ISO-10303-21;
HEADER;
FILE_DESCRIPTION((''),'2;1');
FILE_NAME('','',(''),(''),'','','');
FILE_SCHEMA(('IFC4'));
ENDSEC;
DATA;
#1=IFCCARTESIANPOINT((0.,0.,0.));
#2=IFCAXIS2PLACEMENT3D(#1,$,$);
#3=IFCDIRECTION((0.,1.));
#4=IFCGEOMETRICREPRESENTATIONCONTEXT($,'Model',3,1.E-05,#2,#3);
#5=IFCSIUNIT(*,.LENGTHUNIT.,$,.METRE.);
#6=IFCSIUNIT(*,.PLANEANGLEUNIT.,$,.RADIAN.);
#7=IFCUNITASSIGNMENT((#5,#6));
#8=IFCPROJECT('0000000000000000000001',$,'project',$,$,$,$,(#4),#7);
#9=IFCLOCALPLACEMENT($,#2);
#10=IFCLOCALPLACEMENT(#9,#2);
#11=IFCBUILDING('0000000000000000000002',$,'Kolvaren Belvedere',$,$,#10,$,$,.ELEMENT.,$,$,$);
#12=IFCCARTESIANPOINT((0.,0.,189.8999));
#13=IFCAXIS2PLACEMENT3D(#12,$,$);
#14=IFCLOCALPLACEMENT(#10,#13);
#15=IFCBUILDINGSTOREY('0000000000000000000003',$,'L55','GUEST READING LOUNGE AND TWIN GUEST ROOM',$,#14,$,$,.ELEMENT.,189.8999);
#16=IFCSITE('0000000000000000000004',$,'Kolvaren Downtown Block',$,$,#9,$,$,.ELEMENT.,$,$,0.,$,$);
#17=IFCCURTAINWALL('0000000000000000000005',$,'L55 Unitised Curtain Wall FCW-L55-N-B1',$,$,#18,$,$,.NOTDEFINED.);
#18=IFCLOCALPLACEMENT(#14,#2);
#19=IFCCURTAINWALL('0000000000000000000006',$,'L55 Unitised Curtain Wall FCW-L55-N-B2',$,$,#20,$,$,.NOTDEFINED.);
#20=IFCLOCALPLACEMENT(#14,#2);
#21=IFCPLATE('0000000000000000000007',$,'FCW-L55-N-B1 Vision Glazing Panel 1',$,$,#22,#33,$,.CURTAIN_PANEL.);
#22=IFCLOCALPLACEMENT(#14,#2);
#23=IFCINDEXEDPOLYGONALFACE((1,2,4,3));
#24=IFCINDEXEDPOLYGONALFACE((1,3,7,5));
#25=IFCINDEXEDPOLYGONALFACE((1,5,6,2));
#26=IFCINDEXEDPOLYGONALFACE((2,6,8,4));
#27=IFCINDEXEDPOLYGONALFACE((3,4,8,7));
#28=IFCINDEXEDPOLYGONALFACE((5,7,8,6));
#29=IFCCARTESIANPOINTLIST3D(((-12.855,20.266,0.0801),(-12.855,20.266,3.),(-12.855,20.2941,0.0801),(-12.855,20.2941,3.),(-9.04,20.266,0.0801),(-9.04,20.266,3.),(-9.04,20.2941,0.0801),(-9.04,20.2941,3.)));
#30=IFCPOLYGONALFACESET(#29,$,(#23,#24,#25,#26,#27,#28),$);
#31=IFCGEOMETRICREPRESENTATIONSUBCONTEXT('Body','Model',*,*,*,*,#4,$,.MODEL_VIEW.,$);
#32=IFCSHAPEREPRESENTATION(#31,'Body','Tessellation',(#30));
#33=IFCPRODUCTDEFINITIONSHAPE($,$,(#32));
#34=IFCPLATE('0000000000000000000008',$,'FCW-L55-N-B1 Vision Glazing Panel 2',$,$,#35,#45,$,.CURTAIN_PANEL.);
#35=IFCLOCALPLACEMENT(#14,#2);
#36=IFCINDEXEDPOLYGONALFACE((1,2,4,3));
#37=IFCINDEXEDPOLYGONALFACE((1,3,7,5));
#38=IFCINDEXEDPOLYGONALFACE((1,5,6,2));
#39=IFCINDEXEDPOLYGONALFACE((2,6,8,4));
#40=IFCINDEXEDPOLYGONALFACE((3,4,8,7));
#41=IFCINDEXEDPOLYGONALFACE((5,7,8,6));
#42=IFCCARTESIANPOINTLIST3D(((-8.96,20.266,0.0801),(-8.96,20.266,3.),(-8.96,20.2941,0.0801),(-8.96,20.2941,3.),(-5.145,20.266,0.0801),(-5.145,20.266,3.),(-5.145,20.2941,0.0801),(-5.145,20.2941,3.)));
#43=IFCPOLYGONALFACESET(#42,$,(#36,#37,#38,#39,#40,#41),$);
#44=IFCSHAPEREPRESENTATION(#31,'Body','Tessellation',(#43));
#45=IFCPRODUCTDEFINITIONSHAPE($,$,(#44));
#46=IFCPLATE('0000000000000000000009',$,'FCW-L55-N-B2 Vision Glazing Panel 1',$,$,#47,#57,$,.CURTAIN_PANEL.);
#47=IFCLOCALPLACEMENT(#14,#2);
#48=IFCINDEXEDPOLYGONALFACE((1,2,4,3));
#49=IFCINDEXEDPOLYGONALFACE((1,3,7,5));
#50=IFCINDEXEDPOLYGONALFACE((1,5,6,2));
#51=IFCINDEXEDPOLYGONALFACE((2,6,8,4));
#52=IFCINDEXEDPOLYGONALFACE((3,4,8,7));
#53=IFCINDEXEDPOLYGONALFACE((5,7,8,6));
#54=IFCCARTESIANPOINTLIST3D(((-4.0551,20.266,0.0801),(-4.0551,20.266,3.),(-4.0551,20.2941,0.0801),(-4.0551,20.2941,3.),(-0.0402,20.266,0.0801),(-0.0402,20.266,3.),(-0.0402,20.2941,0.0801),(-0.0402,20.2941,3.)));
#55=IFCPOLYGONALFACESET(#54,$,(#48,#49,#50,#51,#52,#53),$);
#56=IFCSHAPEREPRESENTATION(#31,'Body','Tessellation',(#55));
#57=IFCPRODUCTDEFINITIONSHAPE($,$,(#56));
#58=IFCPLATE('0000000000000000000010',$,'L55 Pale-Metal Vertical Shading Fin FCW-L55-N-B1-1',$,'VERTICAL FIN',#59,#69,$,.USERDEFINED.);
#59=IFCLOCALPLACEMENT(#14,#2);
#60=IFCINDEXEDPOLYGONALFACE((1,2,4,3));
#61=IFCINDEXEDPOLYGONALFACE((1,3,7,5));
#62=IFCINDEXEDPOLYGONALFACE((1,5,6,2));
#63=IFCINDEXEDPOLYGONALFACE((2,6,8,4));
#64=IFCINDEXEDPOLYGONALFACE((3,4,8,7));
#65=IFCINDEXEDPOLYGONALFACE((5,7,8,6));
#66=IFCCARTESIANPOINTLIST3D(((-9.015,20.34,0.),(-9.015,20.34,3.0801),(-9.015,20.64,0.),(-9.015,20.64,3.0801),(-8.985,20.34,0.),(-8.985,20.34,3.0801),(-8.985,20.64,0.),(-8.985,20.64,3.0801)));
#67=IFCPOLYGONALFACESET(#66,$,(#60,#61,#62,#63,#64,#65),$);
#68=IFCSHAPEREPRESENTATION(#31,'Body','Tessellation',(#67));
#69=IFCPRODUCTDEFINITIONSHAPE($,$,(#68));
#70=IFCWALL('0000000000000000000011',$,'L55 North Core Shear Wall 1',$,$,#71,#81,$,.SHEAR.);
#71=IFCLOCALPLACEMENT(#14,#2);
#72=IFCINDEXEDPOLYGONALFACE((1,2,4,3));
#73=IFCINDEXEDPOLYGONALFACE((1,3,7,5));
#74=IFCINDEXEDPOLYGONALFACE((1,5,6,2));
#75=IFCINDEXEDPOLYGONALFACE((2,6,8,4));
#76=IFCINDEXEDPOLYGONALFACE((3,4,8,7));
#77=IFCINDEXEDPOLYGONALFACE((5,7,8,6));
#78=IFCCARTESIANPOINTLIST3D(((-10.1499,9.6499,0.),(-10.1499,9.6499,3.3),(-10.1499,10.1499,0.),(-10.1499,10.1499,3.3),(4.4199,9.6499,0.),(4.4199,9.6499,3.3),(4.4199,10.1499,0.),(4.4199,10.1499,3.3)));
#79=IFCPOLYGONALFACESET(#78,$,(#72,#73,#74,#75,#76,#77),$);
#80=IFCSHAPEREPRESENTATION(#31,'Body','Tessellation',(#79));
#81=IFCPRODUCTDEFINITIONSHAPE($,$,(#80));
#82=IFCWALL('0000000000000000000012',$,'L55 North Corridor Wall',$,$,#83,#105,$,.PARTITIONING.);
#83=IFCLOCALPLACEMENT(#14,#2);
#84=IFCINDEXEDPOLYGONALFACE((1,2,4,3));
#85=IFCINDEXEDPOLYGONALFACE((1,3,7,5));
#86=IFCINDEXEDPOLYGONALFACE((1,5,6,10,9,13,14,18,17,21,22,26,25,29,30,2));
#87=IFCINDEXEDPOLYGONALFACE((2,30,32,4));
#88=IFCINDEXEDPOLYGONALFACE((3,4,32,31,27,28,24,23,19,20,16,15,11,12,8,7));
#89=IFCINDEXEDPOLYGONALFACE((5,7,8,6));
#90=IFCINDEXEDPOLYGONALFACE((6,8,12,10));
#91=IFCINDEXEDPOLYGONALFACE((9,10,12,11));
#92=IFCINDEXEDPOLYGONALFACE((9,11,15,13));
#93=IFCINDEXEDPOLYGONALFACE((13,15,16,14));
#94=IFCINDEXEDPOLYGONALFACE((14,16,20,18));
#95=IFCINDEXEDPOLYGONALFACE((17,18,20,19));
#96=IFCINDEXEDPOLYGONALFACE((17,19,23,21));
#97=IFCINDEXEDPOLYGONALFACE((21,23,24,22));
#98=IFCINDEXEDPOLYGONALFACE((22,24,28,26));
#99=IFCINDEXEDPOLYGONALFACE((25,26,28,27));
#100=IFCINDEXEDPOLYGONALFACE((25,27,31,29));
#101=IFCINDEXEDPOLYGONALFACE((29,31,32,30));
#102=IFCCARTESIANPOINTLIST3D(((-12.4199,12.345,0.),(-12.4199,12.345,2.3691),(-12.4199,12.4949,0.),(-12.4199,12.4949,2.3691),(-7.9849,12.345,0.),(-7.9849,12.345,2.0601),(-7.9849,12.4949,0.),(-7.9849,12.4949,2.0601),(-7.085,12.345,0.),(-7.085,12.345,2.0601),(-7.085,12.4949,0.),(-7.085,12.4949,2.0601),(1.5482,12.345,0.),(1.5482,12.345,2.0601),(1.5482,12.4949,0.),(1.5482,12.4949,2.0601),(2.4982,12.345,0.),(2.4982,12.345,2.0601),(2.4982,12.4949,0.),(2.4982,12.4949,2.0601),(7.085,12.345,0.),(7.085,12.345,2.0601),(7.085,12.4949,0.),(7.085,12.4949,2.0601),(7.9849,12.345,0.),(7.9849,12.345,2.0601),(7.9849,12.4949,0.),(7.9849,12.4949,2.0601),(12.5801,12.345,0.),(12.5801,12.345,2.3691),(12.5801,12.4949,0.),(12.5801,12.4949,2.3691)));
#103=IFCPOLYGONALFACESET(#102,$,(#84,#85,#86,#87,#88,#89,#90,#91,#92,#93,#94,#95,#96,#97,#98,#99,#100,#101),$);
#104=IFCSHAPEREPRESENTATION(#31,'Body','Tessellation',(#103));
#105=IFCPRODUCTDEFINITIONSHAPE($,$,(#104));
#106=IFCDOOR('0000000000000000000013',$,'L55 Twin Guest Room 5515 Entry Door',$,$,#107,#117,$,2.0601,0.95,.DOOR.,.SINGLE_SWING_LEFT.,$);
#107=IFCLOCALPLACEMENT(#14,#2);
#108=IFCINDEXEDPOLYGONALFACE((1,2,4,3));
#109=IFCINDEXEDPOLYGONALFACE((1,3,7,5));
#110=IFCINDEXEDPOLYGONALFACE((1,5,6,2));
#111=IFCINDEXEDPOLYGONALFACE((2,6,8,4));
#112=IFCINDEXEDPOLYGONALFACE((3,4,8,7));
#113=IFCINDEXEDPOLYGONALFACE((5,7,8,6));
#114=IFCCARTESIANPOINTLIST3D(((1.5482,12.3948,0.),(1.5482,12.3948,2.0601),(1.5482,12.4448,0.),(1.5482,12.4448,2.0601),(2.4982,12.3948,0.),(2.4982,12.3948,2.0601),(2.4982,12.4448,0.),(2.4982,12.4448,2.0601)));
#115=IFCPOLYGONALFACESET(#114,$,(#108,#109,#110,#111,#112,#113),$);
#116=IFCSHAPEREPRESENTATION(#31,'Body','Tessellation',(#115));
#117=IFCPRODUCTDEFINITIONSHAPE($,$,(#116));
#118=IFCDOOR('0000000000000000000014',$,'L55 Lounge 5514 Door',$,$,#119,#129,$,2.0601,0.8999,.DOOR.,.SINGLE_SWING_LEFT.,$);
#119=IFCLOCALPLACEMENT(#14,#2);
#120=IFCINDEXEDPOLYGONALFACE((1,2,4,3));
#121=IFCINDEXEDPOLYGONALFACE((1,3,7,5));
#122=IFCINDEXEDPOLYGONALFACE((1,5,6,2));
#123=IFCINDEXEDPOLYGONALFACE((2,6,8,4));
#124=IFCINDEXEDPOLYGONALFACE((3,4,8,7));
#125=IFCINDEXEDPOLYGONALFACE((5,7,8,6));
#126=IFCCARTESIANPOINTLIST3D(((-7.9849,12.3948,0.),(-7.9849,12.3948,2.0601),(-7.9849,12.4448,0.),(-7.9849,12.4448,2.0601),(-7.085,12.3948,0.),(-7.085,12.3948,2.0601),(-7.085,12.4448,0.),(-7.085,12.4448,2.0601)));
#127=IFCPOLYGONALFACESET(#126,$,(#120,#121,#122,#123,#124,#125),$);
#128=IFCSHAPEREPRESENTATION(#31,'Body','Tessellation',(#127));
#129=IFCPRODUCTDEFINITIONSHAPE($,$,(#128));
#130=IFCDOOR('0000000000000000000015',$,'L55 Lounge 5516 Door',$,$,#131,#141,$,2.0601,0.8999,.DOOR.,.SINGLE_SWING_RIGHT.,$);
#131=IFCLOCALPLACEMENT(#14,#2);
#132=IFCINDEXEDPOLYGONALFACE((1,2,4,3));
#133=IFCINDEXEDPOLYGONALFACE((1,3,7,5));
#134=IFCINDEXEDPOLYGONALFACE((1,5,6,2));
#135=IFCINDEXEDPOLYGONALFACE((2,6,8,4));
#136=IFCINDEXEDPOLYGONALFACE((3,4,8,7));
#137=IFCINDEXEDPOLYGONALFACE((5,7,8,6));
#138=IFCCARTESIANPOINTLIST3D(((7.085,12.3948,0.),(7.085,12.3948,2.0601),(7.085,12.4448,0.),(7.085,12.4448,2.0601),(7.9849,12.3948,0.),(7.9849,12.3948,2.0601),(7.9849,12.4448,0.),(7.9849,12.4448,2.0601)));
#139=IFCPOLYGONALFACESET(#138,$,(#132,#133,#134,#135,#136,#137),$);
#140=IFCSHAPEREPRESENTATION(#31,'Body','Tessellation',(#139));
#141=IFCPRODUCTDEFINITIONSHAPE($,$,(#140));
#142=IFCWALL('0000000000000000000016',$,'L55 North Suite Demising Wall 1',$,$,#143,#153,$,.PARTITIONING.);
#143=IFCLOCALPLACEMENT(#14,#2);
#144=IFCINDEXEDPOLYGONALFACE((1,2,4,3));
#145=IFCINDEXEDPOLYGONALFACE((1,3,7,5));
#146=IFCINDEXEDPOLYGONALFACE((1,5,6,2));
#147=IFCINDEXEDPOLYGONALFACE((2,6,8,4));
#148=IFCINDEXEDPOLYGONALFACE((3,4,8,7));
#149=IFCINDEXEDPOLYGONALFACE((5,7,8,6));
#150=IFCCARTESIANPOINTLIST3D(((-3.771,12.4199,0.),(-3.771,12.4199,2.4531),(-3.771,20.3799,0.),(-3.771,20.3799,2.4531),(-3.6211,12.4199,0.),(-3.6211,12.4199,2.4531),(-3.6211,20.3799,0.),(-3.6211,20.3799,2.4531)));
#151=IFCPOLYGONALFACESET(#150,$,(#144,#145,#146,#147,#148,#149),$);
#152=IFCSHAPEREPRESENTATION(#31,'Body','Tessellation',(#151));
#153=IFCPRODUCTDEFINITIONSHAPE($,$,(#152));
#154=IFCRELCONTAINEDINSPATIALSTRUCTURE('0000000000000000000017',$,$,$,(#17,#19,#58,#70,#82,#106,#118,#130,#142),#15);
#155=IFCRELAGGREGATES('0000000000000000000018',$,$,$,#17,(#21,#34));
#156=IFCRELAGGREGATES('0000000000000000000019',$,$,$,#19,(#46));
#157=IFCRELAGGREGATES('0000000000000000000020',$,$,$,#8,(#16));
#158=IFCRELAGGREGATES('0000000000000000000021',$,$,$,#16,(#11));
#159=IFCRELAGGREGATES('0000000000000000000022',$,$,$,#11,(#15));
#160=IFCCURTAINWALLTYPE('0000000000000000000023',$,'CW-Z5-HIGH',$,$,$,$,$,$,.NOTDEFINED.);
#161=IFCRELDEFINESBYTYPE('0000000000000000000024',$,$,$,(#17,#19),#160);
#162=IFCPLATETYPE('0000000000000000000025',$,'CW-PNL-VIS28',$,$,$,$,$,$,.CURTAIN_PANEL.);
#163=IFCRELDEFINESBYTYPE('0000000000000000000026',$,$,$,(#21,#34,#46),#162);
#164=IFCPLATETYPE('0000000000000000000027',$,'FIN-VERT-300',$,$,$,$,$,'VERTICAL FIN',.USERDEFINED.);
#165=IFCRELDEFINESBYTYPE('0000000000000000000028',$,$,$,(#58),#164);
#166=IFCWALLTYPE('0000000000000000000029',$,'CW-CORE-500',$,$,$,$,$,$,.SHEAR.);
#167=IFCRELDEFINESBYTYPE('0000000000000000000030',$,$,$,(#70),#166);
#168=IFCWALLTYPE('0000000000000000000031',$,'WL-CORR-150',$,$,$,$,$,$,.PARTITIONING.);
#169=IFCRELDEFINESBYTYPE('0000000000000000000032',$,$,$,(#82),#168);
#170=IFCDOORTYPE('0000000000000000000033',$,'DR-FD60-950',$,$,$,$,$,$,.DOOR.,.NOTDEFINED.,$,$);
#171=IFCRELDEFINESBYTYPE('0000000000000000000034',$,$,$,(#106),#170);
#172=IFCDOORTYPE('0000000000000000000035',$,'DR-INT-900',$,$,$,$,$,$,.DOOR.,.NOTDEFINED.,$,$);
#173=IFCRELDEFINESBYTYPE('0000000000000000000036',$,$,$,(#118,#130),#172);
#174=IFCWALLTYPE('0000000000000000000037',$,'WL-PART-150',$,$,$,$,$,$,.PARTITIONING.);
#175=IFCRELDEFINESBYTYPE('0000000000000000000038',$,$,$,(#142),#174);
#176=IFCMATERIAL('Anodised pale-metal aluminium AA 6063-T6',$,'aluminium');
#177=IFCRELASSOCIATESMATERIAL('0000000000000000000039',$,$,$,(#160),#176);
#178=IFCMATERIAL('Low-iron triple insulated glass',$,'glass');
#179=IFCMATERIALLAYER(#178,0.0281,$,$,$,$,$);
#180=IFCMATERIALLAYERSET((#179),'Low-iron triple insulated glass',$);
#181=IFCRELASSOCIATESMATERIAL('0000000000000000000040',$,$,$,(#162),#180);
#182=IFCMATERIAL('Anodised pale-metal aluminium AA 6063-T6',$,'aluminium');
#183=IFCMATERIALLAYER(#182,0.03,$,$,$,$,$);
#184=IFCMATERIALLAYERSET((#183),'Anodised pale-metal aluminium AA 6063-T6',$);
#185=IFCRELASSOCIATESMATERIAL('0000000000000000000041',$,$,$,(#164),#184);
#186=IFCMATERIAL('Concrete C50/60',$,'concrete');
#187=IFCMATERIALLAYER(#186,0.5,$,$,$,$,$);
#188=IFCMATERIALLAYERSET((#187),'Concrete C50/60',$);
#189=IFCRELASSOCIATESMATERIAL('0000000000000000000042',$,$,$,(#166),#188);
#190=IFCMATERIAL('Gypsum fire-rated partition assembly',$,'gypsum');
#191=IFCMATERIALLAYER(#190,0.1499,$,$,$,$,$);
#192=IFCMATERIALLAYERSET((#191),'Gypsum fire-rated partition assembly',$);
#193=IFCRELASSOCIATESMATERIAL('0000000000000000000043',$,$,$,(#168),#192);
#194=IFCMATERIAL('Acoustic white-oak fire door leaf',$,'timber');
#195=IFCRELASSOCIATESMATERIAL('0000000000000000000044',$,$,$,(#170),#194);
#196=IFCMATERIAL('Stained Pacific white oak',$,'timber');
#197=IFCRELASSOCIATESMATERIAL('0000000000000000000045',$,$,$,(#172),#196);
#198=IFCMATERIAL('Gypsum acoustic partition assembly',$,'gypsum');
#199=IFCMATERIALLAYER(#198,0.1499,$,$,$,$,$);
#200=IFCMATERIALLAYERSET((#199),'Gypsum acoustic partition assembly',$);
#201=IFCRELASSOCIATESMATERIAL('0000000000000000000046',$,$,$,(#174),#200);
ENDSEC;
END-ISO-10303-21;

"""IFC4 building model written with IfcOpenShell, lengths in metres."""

from ifc_helpers import new_model, si_unit, direction, frame, frame_2d, origin, origin_2d, place, context, subcontext, project, spatial, rectangle, extrude, material, layer, layer_set, type_object, element, fill, aggregate, save


model = new_model("IFC4")

# Units and contexts
model_context = context("Model", 3, precision=1e-05, world=origin(), true_north=direction((0.0, 1.0)))
body_context = subcontext(model_context, "Body", "Model", "MODEL_VIEW")
ifc_project = project(units=[si_unit("LENGTHUNIT", "METRE"), si_unit("PLANEANGLEUNIT", "RADIAN")], contexts=[model_context])

# Site, building, storey
site_placement = place(None, origin())
site = spatial("IfcSite", under=ifc_project, at=site_placement, Name="Kolvaren Downtown Block", CompositionType="ELEMENT", RefElevation=0.0)
building_placement = place(site_placement, origin())
building = spatial("IfcBuilding", under=site, at=building_placement, Name="Kolvaren Belvedere", CompositionType="ELEMENT")
storey_placement = place(building_placement, frame((0.0, 0.0, 189.8999)))
storey = spatial("IfcBuildingStorey", under=building, at=storey_placement, Name="L55", Description="GUEST READING LOUNGE AND TWIN GUEST ROOM", CompositionType="ELEMENT", Elevation=189.8999)

# Curtain wall
ifc_material_1 = material(Name="Anodised pale-metal aluminium AA 6063-T6", Category="aluminium")
curtain_wall_type = type_object("IfcCurtainWallType", Name="CW-Z5-HIGH", PredefinedType="NOTDEFINED", material=ifc_material_1)
curtain_wall_1_placement = place(storey_placement, origin())
curtain_wall_1 = element("IfcCurtainWall", 1, at=curtain_wall_1_placement, inside=storey, type_object=curtain_wall_type, Name="L55 Unitised Curtain Wall FCW-L55-N-B1", PredefinedType="NOTDEFINED")

# Curtain wall
curtain_wall_2_placement = place(storey_placement, origin())
curtain_wall_2 = element("IfcCurtainWall", 2, at=curtain_wall_2_placement, inside=storey, type_object=curtain_wall_type, Name="L55 Unitised Curtain Wall FCW-L55-N-B2", PredefinedType="NOTDEFINED")

# Plates
ifc_material_2 = material(Name="Low-iron triple insulated glass", Category="glass")
ifc_layer_1 = layer(ifc_material_2, 0.0281)
ifc_layer_set_1 = layer_set([ifc_layer_1], Name="Low-iron triple insulated glass")
plate_type_1 = type_object("IfcPlateType", Name="CW-PNL-VIS28", PredefinedType="CURTAIN_PANEL", material=ifc_layer_set_1)
plate_1_placement = place(storey_placement, frame((-10.9475, 20.28, 0.0801), z_axis=(0.0, 0.0, 1.0), x_axis=(1.0, 0.0, 0.0)))
plate_1 = element("IfcPlate", 3, at=plate_1_placement, type_object=plate_type_1, Name="FCW-L55-N-B1 Vision Glazing Panel 1", PredefinedType="CURTAIN_PANEL", context=body_context, shape_type="SweptSolid", body=[
    extrude(rectangle(XDim=3.8149, YDim=0.0281, at=origin_2d()), origin(), (0.0, 0.0, 1.0), 2.9199),
])
plate_2_placement = place(storey_placement, frame((-7.0525, 20.28, 0.0801), z_axis=(0.0, 0.0, 1.0), x_axis=(1.0, 0.0, 0.0)))
plate_2 = element("IfcPlate", 4, at=plate_2_placement, type_object=plate_type_1, Name="FCW-L55-N-B1 Vision Glazing Panel 2", PredefinedType="CURTAIN_PANEL", context=body_context, shape_type="SweptSolid", body=[
    extrude(rectangle(XDim=3.8149, YDim=0.0281, at=origin_2d()), origin(), (0.0, 0.0, 1.0), 2.9199),
])
aggregate(curtain_wall_1, [plate_1, plate_2])
plate_3_placement = place(storey_placement, frame((-2.0476, 20.28, 0.0801), z_axis=(0.0, 0.0, 1.0), x_axis=(1.0, 0.0, 0.0)))
plate_3 = element("IfcPlate", 5, at=plate_3_placement, type_object=plate_type_1, Name="FCW-L55-N-B2 Vision Glazing Panel 1", PredefinedType="CURTAIN_PANEL", context=body_context, shape_type="SweptSolid", body=[
    extrude(rectangle(XDim=4.0149, YDim=0.0281, at=origin_2d()), origin(), (0.0, 0.0, 1.0), 2.9199),
])
aggregate(curtain_wall_2, [plate_3])
ifc_material_3 = material(Name="Anodised pale-metal aluminium AA 6063-T6", Category="aluminium")
ifc_layer_2 = layer(ifc_material_3, 0.03)
ifc_layer_set_2 = layer_set([ifc_layer_2], Name="Anodised pale-metal aluminium AA 6063-T6")
plate_type_2 = type_object("IfcPlateType", Name="FIN-VERT-300", ElementType="VERTICAL FIN", PredefinedType="USERDEFINED", material=ifc_layer_set_2)
plate_4_placement = place(storey_placement, frame((-9.0, 20.49, 0.0), z_axis=(0.0, 0.0, 1.0), x_axis=(0.0, 1.0, 0.0)))
element("IfcPlate", 6, at=plate_4_placement, inside=storey, type_object=plate_type_2, Name="L55 Pale-Metal Vertical Shading Fin FCW-L55-N-B1-1", ObjectType="VERTICAL FIN", PredefinedType="USERDEFINED", context=body_context, shape_type="SweptSolid", body=[
    extrude(rectangle(XDim=0.3, YDim=0.03, at=origin_2d()), origin(), (0.0, 0.0, 1.0), 3.0801),
])

# Wall
ifc_material_4 = material(Name="Concrete C50/60", Category="concrete")
ifc_layer_3 = layer(ifc_material_4, 0.5)
ifc_layer_set_3 = layer_set([ifc_layer_3], Name="Concrete C50/60")
wall_type_1 = type_object("IfcWallType", Name="CW-CORE-500", PredefinedType="SHEAR", material=ifc_layer_set_3)
wall_1_placement = place(storey_placement, frame((-10.1499, 9.8999, 0.0), z_axis=(0.0, 0.0, 1.0), x_axis=(1.0, 0.0, 0.0)))
element("IfcWall", 7, at=wall_1_placement, inside=storey, type_object=wall_type_1, Name="L55 North Core Shear Wall 1", PredefinedType="SHEAR", context=body_context, shape_type="SweptSolid", body=[
    extrude(rectangle(XDim=14.5698, YDim=0.5, at=frame_2d((7.2849, 0.0))), origin(), (0.0, 0.0, 1.0), 3.3),
])

# Wall, openings, doors
ifc_material_5 = material(Name="Gypsum fire-rated partition assembly", Category="gypsum")
ifc_layer_4 = layer(ifc_material_5, 0.1499)
ifc_layer_set_4 = layer_set([ifc_layer_4], Name="Gypsum fire-rated partition assembly")
wall_type_2 = type_object("IfcWallType", Name="WL-CORR-150", PredefinedType="PARTITIONING", material=ifc_layer_set_4)
wall_2_placement = place(storey_placement, frame((-12.4199, 12.4199, 0.0), z_axis=(0.0, 0.0, 1.0), x_axis=(1.0, 0.0, 0.0)))
wall_2 = element("IfcWall", 8, at=wall_2_placement, inside=storey, type_object=wall_type_2, Name="L55 North Corridor Wall", PredefinedType="PARTITIONING", context=body_context, shape_type="SweptSolid", body=[
    extrude(rectangle(XDim=25.0, YDim=0.1499, at=frame_2d((12.5, 0.0))), origin(), (0.0, 0.0, 1.0), 2.3691),
])
opening_1_placement = place(wall_2_placement, frame((4.4351, 0.0, 0.0)))
opening_1 = element("IfcOpeningElement", 9, at=opening_1_placement, cuts=wall_2, PredefinedType="OPENING", context=body_context, shape_type="SweptSolid", body=[
    extrude(rectangle(XDim=0.8999, YDim=2.0601, at=frame_2d((0.45, 1.03))), frame((0.0, 0.085, 0.0), z_axis=(0.0, -1.0, 0.0), x_axis=(1.0, 0.0, 0.0)), (0.0, 0.0, 1.0), 0.1699),
])
opening_2_placement = place(wall_2_placement, frame((13.968, 0.0, 0.0)))
opening_2 = element("IfcOpeningElement", 10, at=opening_2_placement, cuts=wall_2, PredefinedType="OPENING", context=body_context, shape_type="SweptSolid", body=[
    extrude(rectangle(XDim=0.95, YDim=2.0601, at=frame_2d((0.4751, 1.03))), frame((0.0, 0.085, 0.0), z_axis=(0.0, -1.0, 0.0), x_axis=(1.0, 0.0, 0.0)), (0.0, 0.0, 1.0), 0.1699),
])
opening_3_placement = place(wall_2_placement, frame((19.5049, 0.0, 0.0)))
opening_3 = element("IfcOpeningElement", 11, at=opening_3_placement, cuts=wall_2, PredefinedType="OPENING", context=body_context, shape_type="SweptSolid", body=[
    extrude(rectangle(XDim=0.8999, YDim=2.0601, at=frame_2d((0.45, 1.03))), frame((0.0, 0.085, 0.0), z_axis=(0.0, -1.0, 0.0), x_axis=(1.0, 0.0, 0.0)), (0.0, 0.0, 1.0), 0.1699),
])
ifc_material_6 = material(Name="Acoustic white-oak fire door leaf", Category="timber")
door_type_1 = type_object("IfcDoorType", Name="DR-FD60-950", OperationType="NOTDEFINED", PredefinedType="DOOR", material=ifc_material_6)
door_1_placement = place(opening_2_placement, origin())
door_1 = element("IfcDoor", 12, at=door_1_placement, inside=storey, type_object=door_type_1, Name="L55 Twin Guest Room 5515 Entry Door", OperationType="SINGLE_SWING_LEFT", OverallHeight=2.0601, OverallWidth=0.95, PredefinedType="DOOR", context=body_context, shape_type="SweptSolid", body=[
    extrude(rectangle(XDim=0.95, YDim=2.0601, at=frame_2d((0.4751, 1.03))), frame((0.0, 0.0249, 0.0), z_axis=(0.0, -1.0, 0.0), x_axis=(1.0, 0.0, 0.0)), (0.0, 0.0, 1.0), 0.05),
])
fill(opening_2, door_1)
ifc_material_7 = material(Name="Stained Pacific white oak", Category="timber")
door_type_2 = type_object("IfcDoorType", Name="DR-INT-900", OperationType="NOTDEFINED", PredefinedType="DOOR", material=ifc_material_7)
door_2_placement = place(opening_1_placement, origin())
door_2 = element("IfcDoor", 13, at=door_2_placement, inside=storey, type_object=door_type_2, Name="L55 Lounge 5514 Door", OperationType="SINGLE_SWING_LEFT", OverallHeight=2.0601, OverallWidth=0.8999, PredefinedType="DOOR", context=body_context, shape_type="SweptSolid", body=[
    extrude(rectangle(XDim=0.8999, YDim=2.0601, at=frame_2d((0.45, 1.03))), frame((0.0, 0.0249, 0.0), z_axis=(0.0, -1.0, 0.0), x_axis=(1.0, 0.0, 0.0)), (0.0, 0.0, 1.0), 0.05),
])
fill(opening_1, door_2)
door_3_placement = place(opening_3_placement, origin())
door_3 = element("IfcDoor", 14, at=door_3_placement, inside=storey, type_object=door_type_2, Name="L55 Lounge 5516 Door", OperationType="SINGLE_SWING_RIGHT", OverallHeight=2.0601, OverallWidth=0.8999, PredefinedType="DOOR", context=body_context, shape_type="SweptSolid", body=[
    extrude(rectangle(XDim=0.8999, YDim=2.0601, at=frame_2d((0.45, 1.03))), frame((0.0, 0.0249, 0.0), z_axis=(0.0, -1.0, 0.0), x_axis=(1.0, 0.0, 0.0)), (0.0, 0.0, 1.0), 0.05),
])
fill(opening_3, door_3)

# Wall
ifc_material_8 = material(Name="Gypsum acoustic partition assembly", Category="gypsum")
ifc_layer_5 = layer(ifc_material_8, 0.1499)
ifc_layer_set_5 = layer_set([ifc_layer_5], Name="Gypsum acoustic partition assembly")
wall_type_3 = type_object("IfcWallType", Name="WL-PART-150", PredefinedType="PARTITIONING", material=ifc_layer_set_5)
wall_3_placement = place(storey_placement, frame((-3.696, 12.4199, 0.0), z_axis=(0.0, 0.0, 1.0), x_axis=(0.0, 1.0, 0.0)))
element("IfcWall", 15, at=wall_3_placement, inside=storey, type_object=wall_type_3, Name="L55 North Suite Demising Wall 1", PredefinedType="PARTITIONING", context=body_context, shape_type="SweptSolid", body=[
    extrude(rectangle(XDim=7.96, YDim=0.1499, at=frame_2d((3.98, 0.0))), origin(), (0.0, 0.0, 1.0), 2.4531),
])

save(model, "model.ifc")
